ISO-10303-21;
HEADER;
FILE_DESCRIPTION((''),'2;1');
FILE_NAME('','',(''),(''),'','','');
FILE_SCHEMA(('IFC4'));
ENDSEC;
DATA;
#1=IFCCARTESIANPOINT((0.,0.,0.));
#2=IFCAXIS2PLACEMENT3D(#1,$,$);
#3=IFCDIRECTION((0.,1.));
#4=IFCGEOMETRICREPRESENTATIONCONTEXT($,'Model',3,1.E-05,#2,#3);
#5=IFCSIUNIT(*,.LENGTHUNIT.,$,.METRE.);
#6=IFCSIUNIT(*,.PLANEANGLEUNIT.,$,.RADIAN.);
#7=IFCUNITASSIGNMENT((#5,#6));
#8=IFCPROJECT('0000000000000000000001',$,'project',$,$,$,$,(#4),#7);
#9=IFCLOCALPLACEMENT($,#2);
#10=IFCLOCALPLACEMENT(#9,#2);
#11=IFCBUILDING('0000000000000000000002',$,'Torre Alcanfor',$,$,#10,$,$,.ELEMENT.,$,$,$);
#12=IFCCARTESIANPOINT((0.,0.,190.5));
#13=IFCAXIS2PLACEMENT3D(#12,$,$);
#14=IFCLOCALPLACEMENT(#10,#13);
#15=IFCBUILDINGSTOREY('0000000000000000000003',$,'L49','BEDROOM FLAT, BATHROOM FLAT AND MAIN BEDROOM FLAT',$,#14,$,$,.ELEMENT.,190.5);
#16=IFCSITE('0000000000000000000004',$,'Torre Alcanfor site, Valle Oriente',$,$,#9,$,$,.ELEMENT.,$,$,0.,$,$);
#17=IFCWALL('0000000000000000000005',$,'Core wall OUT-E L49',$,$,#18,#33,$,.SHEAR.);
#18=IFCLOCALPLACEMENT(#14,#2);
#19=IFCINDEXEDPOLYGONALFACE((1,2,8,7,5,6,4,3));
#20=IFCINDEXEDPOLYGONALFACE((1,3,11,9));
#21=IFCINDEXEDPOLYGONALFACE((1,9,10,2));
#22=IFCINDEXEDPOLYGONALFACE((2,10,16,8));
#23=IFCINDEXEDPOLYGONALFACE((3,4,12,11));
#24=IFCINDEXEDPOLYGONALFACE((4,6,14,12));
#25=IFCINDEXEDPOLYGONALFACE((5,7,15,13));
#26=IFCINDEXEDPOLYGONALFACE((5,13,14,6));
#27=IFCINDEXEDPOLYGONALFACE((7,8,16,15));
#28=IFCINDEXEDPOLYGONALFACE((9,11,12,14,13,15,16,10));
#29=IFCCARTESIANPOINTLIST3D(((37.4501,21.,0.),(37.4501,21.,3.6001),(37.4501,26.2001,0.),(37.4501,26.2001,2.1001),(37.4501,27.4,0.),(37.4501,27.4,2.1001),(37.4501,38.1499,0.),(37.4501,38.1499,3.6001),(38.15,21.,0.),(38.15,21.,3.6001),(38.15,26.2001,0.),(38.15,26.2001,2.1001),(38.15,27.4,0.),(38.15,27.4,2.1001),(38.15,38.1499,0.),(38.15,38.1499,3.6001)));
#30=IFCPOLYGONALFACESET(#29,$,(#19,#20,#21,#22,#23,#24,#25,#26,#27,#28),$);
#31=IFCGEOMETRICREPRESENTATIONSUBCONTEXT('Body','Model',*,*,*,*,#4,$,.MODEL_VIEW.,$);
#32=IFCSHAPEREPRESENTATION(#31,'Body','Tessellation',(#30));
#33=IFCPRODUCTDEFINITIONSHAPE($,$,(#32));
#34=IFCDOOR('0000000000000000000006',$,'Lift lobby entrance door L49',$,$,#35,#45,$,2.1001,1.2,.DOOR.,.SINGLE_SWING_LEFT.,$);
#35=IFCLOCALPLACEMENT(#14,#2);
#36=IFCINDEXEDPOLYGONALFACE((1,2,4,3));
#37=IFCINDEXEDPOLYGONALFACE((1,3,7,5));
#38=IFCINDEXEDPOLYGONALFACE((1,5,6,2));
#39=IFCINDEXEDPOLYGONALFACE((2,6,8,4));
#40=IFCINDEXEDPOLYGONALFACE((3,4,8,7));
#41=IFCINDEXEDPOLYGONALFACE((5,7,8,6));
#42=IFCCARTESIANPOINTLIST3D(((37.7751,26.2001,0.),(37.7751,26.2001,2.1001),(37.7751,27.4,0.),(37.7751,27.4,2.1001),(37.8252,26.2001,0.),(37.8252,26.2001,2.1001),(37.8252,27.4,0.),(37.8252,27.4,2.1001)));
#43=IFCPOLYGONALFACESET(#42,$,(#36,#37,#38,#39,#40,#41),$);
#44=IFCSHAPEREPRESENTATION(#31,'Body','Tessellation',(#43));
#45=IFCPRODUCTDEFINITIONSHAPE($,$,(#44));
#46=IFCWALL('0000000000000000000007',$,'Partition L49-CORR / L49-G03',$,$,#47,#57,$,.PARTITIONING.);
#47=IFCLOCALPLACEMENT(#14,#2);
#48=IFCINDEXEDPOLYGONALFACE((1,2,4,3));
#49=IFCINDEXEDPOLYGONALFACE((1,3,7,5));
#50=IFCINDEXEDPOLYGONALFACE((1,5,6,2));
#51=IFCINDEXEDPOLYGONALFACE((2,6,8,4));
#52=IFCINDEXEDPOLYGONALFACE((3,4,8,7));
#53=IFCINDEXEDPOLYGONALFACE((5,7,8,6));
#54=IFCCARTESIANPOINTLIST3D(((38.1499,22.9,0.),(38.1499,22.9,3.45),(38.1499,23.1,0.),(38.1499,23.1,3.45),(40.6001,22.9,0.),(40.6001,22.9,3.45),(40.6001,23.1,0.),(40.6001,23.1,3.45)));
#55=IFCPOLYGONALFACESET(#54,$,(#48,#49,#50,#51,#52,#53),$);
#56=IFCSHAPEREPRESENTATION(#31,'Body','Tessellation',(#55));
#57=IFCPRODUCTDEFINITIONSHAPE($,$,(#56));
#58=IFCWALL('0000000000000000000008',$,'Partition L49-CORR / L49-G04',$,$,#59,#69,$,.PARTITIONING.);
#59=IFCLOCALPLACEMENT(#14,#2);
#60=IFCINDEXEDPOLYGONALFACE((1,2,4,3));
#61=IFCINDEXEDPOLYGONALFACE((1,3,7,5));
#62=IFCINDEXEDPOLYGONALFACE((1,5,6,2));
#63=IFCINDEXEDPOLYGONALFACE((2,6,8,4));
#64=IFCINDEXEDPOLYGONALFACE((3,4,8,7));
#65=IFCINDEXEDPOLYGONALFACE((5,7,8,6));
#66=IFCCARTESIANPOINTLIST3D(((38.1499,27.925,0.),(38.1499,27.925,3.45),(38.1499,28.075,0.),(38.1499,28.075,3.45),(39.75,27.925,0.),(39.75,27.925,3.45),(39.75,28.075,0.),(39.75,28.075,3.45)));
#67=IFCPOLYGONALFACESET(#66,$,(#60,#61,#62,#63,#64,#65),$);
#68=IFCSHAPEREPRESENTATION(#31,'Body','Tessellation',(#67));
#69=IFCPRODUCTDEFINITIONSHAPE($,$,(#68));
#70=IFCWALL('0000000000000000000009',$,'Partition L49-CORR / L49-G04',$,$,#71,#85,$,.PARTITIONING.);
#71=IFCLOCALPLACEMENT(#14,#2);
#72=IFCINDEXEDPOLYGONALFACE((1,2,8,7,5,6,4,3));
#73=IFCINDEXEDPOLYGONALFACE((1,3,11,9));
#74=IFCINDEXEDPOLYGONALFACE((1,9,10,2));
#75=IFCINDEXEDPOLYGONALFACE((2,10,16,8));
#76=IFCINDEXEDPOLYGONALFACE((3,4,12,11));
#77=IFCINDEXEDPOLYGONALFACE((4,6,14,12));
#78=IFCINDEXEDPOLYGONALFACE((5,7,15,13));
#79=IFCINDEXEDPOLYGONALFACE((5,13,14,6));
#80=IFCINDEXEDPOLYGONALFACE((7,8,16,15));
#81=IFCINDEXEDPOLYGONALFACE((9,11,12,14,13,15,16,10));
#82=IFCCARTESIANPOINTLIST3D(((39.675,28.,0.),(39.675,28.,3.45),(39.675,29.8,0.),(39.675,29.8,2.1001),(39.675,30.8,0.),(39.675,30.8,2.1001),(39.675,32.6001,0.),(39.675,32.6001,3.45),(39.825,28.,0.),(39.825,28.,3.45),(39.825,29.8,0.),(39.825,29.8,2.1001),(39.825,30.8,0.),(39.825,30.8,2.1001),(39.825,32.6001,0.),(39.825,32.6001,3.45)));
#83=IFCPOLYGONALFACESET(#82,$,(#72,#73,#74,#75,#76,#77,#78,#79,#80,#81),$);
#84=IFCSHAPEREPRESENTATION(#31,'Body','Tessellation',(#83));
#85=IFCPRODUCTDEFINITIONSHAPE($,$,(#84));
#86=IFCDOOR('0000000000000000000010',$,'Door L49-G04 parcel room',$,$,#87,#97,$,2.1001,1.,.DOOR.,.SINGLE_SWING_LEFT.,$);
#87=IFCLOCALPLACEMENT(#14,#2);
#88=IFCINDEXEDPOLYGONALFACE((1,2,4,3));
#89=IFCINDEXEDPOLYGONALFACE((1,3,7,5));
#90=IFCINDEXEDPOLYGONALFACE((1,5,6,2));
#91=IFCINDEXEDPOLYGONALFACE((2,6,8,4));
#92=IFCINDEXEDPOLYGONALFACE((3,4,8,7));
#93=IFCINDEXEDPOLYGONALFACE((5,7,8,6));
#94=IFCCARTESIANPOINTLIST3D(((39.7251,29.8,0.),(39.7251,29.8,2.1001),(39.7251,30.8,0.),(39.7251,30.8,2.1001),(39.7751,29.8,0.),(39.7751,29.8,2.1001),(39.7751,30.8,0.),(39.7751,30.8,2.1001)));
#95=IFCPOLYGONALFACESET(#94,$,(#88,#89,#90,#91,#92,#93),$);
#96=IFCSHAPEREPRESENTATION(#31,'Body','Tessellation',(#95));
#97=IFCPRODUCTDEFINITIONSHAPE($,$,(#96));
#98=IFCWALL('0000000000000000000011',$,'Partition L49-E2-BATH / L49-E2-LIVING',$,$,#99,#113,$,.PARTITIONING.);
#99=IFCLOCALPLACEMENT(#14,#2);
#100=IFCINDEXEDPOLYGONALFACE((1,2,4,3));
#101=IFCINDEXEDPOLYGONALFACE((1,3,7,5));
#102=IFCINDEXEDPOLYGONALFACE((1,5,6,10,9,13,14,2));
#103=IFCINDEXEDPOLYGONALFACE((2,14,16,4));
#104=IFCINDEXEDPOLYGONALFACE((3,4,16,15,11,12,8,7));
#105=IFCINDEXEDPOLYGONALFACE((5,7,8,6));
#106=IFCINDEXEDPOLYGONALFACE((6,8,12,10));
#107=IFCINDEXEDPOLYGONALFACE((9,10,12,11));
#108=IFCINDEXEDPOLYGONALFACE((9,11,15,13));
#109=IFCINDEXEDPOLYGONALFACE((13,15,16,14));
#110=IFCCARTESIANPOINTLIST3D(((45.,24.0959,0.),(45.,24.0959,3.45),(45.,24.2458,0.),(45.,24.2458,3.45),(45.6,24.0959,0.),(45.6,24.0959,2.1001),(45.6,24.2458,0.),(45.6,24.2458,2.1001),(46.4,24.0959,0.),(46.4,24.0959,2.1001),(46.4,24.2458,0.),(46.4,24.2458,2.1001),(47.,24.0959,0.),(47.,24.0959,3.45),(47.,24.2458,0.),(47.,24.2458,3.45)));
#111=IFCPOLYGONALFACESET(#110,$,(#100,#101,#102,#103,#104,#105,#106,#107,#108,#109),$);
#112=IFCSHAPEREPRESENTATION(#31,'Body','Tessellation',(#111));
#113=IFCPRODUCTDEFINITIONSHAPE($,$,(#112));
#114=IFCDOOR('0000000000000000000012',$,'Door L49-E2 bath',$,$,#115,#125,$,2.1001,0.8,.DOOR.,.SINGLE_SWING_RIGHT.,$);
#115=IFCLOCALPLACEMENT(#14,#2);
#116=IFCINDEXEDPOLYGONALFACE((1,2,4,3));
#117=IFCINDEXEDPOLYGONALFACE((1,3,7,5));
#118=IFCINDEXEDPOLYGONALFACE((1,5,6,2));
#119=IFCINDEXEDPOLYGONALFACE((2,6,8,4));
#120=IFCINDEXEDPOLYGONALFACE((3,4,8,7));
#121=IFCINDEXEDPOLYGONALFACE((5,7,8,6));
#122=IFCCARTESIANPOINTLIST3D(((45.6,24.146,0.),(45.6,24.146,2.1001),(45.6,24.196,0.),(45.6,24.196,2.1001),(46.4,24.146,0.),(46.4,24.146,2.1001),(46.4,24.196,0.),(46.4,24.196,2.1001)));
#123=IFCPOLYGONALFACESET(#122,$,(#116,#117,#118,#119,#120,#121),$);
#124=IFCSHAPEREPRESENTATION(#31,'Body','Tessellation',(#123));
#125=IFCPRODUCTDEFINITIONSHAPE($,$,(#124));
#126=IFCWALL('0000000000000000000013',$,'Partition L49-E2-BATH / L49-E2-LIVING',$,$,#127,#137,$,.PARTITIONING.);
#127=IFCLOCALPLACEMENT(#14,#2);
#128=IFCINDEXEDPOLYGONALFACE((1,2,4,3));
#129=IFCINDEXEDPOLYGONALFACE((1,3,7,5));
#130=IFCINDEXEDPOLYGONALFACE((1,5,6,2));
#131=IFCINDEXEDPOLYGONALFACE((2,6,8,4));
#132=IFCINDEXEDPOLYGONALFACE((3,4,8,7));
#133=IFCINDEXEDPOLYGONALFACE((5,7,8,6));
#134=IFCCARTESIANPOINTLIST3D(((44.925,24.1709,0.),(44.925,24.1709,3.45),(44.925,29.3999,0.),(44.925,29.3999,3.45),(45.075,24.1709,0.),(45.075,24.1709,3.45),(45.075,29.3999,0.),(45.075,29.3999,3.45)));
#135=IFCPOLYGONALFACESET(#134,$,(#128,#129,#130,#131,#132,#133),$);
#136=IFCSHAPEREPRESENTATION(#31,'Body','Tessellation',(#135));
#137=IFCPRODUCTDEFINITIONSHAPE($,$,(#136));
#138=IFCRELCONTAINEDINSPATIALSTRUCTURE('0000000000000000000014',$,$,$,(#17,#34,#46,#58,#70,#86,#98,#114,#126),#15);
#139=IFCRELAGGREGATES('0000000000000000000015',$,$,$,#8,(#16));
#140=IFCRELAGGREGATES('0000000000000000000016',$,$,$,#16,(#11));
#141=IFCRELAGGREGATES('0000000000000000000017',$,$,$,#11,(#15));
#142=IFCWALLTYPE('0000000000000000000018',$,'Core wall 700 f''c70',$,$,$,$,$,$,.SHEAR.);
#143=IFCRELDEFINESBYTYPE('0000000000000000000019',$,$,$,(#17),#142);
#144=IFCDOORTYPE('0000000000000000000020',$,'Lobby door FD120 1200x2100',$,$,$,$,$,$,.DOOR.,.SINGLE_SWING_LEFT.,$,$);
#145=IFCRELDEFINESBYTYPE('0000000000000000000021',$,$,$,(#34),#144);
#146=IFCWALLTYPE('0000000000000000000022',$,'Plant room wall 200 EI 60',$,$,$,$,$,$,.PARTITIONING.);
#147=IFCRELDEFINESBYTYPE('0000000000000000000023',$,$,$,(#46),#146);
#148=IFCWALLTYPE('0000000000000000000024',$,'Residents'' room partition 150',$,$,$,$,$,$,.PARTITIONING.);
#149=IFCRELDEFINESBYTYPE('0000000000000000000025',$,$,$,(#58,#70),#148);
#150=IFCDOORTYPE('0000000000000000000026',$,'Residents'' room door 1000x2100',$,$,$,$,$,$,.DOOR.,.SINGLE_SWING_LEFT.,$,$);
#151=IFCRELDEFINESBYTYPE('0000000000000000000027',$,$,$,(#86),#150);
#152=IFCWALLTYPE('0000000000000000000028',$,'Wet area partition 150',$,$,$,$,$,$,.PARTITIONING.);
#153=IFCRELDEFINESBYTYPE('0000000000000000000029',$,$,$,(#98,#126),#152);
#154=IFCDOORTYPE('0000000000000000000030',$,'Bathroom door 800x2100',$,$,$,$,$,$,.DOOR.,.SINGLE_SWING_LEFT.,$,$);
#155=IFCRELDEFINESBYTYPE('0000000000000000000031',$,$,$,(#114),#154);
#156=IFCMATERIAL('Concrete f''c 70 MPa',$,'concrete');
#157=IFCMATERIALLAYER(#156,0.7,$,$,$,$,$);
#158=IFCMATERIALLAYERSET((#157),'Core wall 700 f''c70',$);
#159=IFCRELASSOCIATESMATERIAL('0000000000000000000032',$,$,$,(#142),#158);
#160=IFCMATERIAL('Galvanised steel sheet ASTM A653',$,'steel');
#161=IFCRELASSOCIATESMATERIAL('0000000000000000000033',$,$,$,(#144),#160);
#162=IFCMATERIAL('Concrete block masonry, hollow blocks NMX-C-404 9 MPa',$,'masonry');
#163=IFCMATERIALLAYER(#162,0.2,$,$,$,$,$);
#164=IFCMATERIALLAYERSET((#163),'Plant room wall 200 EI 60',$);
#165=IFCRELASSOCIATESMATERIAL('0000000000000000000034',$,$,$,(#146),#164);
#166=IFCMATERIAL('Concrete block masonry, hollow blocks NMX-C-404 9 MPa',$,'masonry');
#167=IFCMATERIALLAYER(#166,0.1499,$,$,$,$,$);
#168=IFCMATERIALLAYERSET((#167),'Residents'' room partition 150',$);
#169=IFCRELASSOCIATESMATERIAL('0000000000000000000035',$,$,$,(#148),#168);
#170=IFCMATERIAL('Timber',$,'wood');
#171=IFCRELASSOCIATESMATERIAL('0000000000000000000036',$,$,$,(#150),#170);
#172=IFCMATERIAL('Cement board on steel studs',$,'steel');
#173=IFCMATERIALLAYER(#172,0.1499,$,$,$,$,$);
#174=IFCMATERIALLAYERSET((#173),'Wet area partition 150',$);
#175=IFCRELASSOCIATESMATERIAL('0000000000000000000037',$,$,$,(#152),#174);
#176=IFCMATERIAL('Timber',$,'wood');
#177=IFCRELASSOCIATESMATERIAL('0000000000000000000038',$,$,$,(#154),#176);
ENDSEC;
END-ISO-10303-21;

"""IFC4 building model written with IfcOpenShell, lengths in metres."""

from ifc_helpers import new_model, si_unit, direction, frame, frame_2d, origin, place, context, subcontext, project, spatial, rectangle, extrude, material, layer, layer_set, type_object, element, fill, save


model = new_model("IFC4")

# Units and contexts
model_context = context("Model", 3, precision=1e-05, world=origin(), true_north=direction((0.0, 1.0)))
body_context = subcontext(model_context, "Body", "Model", "MODEL_VIEW")
ifc_project = project(units=[si_unit("LENGTHUNIT", "METRE"), si_unit("PLANEANGLEUNIT", "RADIAN")], contexts=[model_context])

# Site, building, storey
site_placement = place(None, origin())
site = spatial("IfcSite", under=ifc_project, at=site_placement, Name="Torre Alcanfor site, Valle Oriente", CompositionType="ELEMENT", RefElevation=0.0)
building_placement = place(site_placement, origin())
building = spatial("IfcBuilding", under=site, at=building_placement, Name="Torre Alcanfor", CompositionType="ELEMENT")
storey_placement = place(building_placement, frame((0.0, 0.0, 190.5)))
storey = spatial("IfcBuildingStorey", under=building, at=storey_placement, Name="L49", Description="BEDROOM FLAT, BATHROOM FLAT AND MAIN BEDROOM FLAT", CompositionType="ELEMENT", Elevation=190.5)

# Wall, opening, door
ifc_material_1 = material(Name="Concrete f'c 70 MPa", Category="concrete")
ifc_layer_1 = layer(ifc_material_1, 0.7)
ifc_layer_set_1 = layer_set([ifc_layer_1], Name="Core wall 700 f'c70")
wall_type_1 = type_object("IfcWallType", Name="Core wall 700 f'c70", PredefinedType="SHEAR", material=ifc_layer_set_1)
wall_1_placement = place(storey_placement, frame((37.8, 21.0, 0.0), z_axis=(0.0, 0.0, 1.0), x_axis=(0.0, 1.0, 0.0)))
wall_1 = element("IfcWall", 1, at=wall_1_placement, inside=storey, type_object=wall_type_1, Name="Core wall OUT-E L49", PredefinedType="SHEAR", context=body_context, shape_type="SweptSolid", body=[
    extrude(rectangle(XDim=17.1499, YDim=0.7, at=frame_2d((8.575, 0.0))), origin(), (0.0, 0.0, 1.0), 3.6001),
])
opening_1_placement = place(wall_1_placement, frame((5.2, 0.0, 0.0)))
opening_1 = element("IfcOpeningElement", 2, at=opening_1_placement, cuts=wall_1, PredefinedType="OPENING", context=body_context, shape_type="SweptSolid", body=[
    extrude(rectangle(XDim=1.2, YDim=2.1001, at=frame_2d((0.6001, 1.05))), frame((0.0, 0.3599, 0.0), z_axis=(0.0, -1.0, 0.0), x_axis=(1.0, 0.0, 0.0)), (0.0, 0.0, 1.0), 0.72),
])
ifc_material_2 = material(Name="Galvanised steel sheet ASTM A653", Category="steel")
door_type_1 = type_object("IfcDoorType", Name="Lobby door FD120 1200x2100", OperationType="SINGLE_SWING_LEFT", PredefinedType="DOOR", material=ifc_material_2)
door_1_placement = place(opening_1_placement, origin())
door_1 = element("IfcDoor", 3, at=door_1_placement, inside=storey, type_object=door_type_1, Name="Lift lobby entrance door L49", OperationType="SINGLE_SWING_LEFT", OverallHeight=2.1001, OverallWidth=1.2, PredefinedType="DOOR", context=body_context, shape_type="SweptSolid", body=[
    extrude(rectangle(XDim=1.2, YDim=2.1001, at=frame_2d((0.6001, 1.05))), frame((0.0, 0.0249, 0.0), z_axis=(0.0, -1.0, 0.0), x_axis=(1.0, 0.0, 0.0)), (0.0, 0.0, 1.0), 0.05),
])
fill(opening_1, door_1)

# Walls
ifc_material_3 = material(Name="Concrete block masonry, hollow blocks NMX-C-404 9 MPa", Category="masonry")
ifc_layer_2 = layer(ifc_material_3, 0.2)
ifc_layer_set_2 = layer_set([ifc_layer_2], Name="Plant room wall 200 EI 60")
wall_type_2 = type_object("IfcWallType", Name="Plant room wall 200 EI 60", PredefinedType="PARTITIONING", material=ifc_layer_set_2)
wall_2_placement = place(storey_placement, frame((40.6001, 23.0, 0.0), z_axis=(0.0, 0.0, 1.0), x_axis=(-1.0, 0.0, 0.0)))
element("IfcWall", 4, at=wall_2_placement, inside=storey, type_object=wall_type_2, Name="Partition L49-CORR / L49-G03", PredefinedType="PARTITIONING", context=body_context, shape_type="SweptSolid", body=[
    extrude(rectangle(XDim=2.4502, YDim=0.2, at=frame_2d((1.2251, 0.0))), origin(), (0.0, 0.0, 1.0), 3.45),
])
ifc_material_4 = material(Name="Concrete block masonry, hollow blocks NMX-C-404 9 MPa", Category="masonry")
ifc_layer_3 = layer(ifc_material_4, 0.1499)
ifc_layer_set_3 = layer_set([ifc_layer_3], Name="Residents' room partition 150")
wall_type_3 = type_object("IfcWallType", Name="Residents' room partition 150", PredefinedType="PARTITIONING", material=ifc_layer_set_3)
wall_3_placement = place(storey_placement, frame((38.1499, 28.0, 0.0), z_axis=(0.0, 0.0, 1.0), x_axis=(1.0, 0.0, 0.0)))
element("IfcWall", 5, at=wall_3_placement, inside=storey, type_object=wall_type_3, Name="Partition L49-CORR / L49-G04", PredefinedType="PARTITIONING", context=body_context, shape_type="SweptSolid", body=[
    extrude(rectangle(XDim=1.6001, YDim=0.1499, at=frame_2d((0.8, 0.0))), origin(), (0.0, 0.0, 1.0), 3.45),
])

# Walls, openings, doors
wall_4_placement = place(storey_placement, frame((39.75, 28.0, 0.0), z_axis=(0.0, 0.0, 1.0), x_axis=(0.0, 1.0, 0.0)))
wall_4 = element("IfcWall", 6, at=wall_4_placement, inside=storey, type_object=wall_type_3, Name="Partition L49-CORR / L49-G04", PredefinedType="PARTITIONING", context=body_context, shape_type="SweptSolid", body=[
    extrude(rectangle(XDim=4.6001, YDim=0.1499, at=frame_2d((2.3, 0.0))), origin(), (0.0, 0.0, 1.0), 3.45),
])
opening_2_placement = place(wall_4_placement, frame((1.8, 0.0, 0.0)))
opening_2 = element("IfcOpeningElement", 7, at=opening_2_placement, cuts=wall_4, PredefinedType="OPENING", context=body_context, shape_type="SweptSolid", body=[
    extrude(rectangle(XDim=1.0, YDim=2.1001, at=frame_2d((0.5, 1.05))), frame((0.0, 0.085, 0.0), z_axis=(0.0, -1.0, 0.0), x_axis=(1.0, 0.0, 0.0)), (0.0, 0.0, 1.0), 0.1699),
])
ifc_material_5 = material(Name="Timber", Category="wood")
door_type_2 = type_object("IfcDoorType", Name="Residents' room door 1000x2100", OperationType="SINGLE_SWING_LEFT", PredefinedType="DOOR", material=ifc_material_5)
door_2_placement = place(opening_2_placement, origin())
door_2 = element("IfcDoor", 8, at=door_2_placement, inside=storey, type_object=door_type_2, Name="Door L49-G04 parcel room", OperationType="SINGLE_SWING_LEFT", OverallHeight=2.1001, OverallWidth=1.0, PredefinedType="DOOR", context=body_context, shape_type="SweptSolid", body=[
    extrude(rectangle(XDim=1.0, YDim=2.1001, at=frame_2d((0.5, 1.05))), frame((0.0, 0.0249, 0.0), z_axis=(0.0, -1.0, 0.0), x_axis=(1.0, 0.0, 0.0)), (0.0, 0.0, 1.0), 0.05),
])
fill(opening_2, door_2)
ifc_material_6 = material(Name="Cement board on steel studs", Category="steel")
ifc_layer_4 = layer(ifc_material_6, 0.1499)
ifc_layer_set_4 = layer_set([ifc_layer_4], Name="Wet area partition 150")
wall_type_4 = type_object("IfcWallType", Name="Wet area partition 150", PredefinedType="PARTITIONING", material=ifc_layer_set_4)
wall_5_placement = place(storey_placement, frame((47.0, 24.1709, 0.0), z_axis=(0.0, 0.0, 1.0), x_axis=(-1.0, 0.0, 0.0)))
wall_5 = element("IfcWall", 9, at=wall_5_placement, inside=storey, type_object=wall_type_4, Name="Partition L49-E2-BATH / L49-E2-LIVING", PredefinedType="PARTITIONING", context=body_context, shape_type="SweptSolid", body=[
    extrude(rectangle(XDim=2.0, YDim=0.1499, at=frame_2d((1.0, 0.0))), origin(), (0.0, 0.0, 1.0), 3.45),
])
opening_3_placement = place(wall_5_placement, frame((0.6001, 0.0, 0.0)))
opening_3 = element("IfcOpeningElement", 10, at=opening_3_placement, cuts=wall_5, PredefinedType="OPENING", context=body_context, shape_type="SweptSolid", body=[
    extrude(rectangle(XDim=0.8, YDim=2.1001, at=frame_2d((0.3999, 1.05))), frame((0.0, 0.085, 0.0), z_axis=(0.0, -1.0, 0.0), x_axis=(1.0, 0.0, 0.0)), (0.0, 0.0, 1.0), 0.1699),
])
ifc_material_7 = material(Name="Timber", Category="wood")
door_type_3 = type_object("IfcDoorType", Name="Bathroom door 800x2100", OperationType="SINGLE_SWING_LEFT", PredefinedType="DOOR", material=ifc_material_7)
door_3_placement = place(opening_3_placement, frame((0.8, 0.0, 0.0), z_axis=(0.0, 0.0, 1.0), x_axis=(-1.0, 0.0, 0.0)))
door_3 = element("IfcDoor", 11, at=door_3_placement, inside=storey, type_object=door_type_3, Name="Door L49-E2 bath", OperationType="SINGLE_SWING_RIGHT", OverallHeight=2.1001, OverallWidth=0.8, PredefinedType="DOOR", context=body_context, shape_type="SweptSolid", body=[
    extrude(rectangle(XDim=0.8, YDim=2.1001, at=frame_2d((0.4001, 1.05))), frame((0.0, 0.0251, 0.0), z_axis=(0.0, -1.0, 0.0), x_axis=(1.0, 0.0, 0.0)), (0.0, 0.0, 1.0), 0.05),
])
fill(opening_3, door_3)

# Wall
wall_6_placement = place(storey_placement, frame((45.0, 24.1709, 0.0), z_axis=(0.0, 0.0, 1.0), x_axis=(0.0, 1.0, 0.0)))
element("IfcWall", 12, at=wall_6_placement, inside=storey, type_object=wall_type_4, Name="Partition L49-E2-BATH / L49-E2-LIVING", PredefinedType="PARTITIONING", context=body_context, shape_type="SweptSolid", body=[
    extrude(rectangle(XDim=5.229, YDim=0.1499, at=frame_2d((2.6145, 0.0))), origin(), (0.0, 0.0, 1.0), 3.45),
])

save(model, "model.ifc")
